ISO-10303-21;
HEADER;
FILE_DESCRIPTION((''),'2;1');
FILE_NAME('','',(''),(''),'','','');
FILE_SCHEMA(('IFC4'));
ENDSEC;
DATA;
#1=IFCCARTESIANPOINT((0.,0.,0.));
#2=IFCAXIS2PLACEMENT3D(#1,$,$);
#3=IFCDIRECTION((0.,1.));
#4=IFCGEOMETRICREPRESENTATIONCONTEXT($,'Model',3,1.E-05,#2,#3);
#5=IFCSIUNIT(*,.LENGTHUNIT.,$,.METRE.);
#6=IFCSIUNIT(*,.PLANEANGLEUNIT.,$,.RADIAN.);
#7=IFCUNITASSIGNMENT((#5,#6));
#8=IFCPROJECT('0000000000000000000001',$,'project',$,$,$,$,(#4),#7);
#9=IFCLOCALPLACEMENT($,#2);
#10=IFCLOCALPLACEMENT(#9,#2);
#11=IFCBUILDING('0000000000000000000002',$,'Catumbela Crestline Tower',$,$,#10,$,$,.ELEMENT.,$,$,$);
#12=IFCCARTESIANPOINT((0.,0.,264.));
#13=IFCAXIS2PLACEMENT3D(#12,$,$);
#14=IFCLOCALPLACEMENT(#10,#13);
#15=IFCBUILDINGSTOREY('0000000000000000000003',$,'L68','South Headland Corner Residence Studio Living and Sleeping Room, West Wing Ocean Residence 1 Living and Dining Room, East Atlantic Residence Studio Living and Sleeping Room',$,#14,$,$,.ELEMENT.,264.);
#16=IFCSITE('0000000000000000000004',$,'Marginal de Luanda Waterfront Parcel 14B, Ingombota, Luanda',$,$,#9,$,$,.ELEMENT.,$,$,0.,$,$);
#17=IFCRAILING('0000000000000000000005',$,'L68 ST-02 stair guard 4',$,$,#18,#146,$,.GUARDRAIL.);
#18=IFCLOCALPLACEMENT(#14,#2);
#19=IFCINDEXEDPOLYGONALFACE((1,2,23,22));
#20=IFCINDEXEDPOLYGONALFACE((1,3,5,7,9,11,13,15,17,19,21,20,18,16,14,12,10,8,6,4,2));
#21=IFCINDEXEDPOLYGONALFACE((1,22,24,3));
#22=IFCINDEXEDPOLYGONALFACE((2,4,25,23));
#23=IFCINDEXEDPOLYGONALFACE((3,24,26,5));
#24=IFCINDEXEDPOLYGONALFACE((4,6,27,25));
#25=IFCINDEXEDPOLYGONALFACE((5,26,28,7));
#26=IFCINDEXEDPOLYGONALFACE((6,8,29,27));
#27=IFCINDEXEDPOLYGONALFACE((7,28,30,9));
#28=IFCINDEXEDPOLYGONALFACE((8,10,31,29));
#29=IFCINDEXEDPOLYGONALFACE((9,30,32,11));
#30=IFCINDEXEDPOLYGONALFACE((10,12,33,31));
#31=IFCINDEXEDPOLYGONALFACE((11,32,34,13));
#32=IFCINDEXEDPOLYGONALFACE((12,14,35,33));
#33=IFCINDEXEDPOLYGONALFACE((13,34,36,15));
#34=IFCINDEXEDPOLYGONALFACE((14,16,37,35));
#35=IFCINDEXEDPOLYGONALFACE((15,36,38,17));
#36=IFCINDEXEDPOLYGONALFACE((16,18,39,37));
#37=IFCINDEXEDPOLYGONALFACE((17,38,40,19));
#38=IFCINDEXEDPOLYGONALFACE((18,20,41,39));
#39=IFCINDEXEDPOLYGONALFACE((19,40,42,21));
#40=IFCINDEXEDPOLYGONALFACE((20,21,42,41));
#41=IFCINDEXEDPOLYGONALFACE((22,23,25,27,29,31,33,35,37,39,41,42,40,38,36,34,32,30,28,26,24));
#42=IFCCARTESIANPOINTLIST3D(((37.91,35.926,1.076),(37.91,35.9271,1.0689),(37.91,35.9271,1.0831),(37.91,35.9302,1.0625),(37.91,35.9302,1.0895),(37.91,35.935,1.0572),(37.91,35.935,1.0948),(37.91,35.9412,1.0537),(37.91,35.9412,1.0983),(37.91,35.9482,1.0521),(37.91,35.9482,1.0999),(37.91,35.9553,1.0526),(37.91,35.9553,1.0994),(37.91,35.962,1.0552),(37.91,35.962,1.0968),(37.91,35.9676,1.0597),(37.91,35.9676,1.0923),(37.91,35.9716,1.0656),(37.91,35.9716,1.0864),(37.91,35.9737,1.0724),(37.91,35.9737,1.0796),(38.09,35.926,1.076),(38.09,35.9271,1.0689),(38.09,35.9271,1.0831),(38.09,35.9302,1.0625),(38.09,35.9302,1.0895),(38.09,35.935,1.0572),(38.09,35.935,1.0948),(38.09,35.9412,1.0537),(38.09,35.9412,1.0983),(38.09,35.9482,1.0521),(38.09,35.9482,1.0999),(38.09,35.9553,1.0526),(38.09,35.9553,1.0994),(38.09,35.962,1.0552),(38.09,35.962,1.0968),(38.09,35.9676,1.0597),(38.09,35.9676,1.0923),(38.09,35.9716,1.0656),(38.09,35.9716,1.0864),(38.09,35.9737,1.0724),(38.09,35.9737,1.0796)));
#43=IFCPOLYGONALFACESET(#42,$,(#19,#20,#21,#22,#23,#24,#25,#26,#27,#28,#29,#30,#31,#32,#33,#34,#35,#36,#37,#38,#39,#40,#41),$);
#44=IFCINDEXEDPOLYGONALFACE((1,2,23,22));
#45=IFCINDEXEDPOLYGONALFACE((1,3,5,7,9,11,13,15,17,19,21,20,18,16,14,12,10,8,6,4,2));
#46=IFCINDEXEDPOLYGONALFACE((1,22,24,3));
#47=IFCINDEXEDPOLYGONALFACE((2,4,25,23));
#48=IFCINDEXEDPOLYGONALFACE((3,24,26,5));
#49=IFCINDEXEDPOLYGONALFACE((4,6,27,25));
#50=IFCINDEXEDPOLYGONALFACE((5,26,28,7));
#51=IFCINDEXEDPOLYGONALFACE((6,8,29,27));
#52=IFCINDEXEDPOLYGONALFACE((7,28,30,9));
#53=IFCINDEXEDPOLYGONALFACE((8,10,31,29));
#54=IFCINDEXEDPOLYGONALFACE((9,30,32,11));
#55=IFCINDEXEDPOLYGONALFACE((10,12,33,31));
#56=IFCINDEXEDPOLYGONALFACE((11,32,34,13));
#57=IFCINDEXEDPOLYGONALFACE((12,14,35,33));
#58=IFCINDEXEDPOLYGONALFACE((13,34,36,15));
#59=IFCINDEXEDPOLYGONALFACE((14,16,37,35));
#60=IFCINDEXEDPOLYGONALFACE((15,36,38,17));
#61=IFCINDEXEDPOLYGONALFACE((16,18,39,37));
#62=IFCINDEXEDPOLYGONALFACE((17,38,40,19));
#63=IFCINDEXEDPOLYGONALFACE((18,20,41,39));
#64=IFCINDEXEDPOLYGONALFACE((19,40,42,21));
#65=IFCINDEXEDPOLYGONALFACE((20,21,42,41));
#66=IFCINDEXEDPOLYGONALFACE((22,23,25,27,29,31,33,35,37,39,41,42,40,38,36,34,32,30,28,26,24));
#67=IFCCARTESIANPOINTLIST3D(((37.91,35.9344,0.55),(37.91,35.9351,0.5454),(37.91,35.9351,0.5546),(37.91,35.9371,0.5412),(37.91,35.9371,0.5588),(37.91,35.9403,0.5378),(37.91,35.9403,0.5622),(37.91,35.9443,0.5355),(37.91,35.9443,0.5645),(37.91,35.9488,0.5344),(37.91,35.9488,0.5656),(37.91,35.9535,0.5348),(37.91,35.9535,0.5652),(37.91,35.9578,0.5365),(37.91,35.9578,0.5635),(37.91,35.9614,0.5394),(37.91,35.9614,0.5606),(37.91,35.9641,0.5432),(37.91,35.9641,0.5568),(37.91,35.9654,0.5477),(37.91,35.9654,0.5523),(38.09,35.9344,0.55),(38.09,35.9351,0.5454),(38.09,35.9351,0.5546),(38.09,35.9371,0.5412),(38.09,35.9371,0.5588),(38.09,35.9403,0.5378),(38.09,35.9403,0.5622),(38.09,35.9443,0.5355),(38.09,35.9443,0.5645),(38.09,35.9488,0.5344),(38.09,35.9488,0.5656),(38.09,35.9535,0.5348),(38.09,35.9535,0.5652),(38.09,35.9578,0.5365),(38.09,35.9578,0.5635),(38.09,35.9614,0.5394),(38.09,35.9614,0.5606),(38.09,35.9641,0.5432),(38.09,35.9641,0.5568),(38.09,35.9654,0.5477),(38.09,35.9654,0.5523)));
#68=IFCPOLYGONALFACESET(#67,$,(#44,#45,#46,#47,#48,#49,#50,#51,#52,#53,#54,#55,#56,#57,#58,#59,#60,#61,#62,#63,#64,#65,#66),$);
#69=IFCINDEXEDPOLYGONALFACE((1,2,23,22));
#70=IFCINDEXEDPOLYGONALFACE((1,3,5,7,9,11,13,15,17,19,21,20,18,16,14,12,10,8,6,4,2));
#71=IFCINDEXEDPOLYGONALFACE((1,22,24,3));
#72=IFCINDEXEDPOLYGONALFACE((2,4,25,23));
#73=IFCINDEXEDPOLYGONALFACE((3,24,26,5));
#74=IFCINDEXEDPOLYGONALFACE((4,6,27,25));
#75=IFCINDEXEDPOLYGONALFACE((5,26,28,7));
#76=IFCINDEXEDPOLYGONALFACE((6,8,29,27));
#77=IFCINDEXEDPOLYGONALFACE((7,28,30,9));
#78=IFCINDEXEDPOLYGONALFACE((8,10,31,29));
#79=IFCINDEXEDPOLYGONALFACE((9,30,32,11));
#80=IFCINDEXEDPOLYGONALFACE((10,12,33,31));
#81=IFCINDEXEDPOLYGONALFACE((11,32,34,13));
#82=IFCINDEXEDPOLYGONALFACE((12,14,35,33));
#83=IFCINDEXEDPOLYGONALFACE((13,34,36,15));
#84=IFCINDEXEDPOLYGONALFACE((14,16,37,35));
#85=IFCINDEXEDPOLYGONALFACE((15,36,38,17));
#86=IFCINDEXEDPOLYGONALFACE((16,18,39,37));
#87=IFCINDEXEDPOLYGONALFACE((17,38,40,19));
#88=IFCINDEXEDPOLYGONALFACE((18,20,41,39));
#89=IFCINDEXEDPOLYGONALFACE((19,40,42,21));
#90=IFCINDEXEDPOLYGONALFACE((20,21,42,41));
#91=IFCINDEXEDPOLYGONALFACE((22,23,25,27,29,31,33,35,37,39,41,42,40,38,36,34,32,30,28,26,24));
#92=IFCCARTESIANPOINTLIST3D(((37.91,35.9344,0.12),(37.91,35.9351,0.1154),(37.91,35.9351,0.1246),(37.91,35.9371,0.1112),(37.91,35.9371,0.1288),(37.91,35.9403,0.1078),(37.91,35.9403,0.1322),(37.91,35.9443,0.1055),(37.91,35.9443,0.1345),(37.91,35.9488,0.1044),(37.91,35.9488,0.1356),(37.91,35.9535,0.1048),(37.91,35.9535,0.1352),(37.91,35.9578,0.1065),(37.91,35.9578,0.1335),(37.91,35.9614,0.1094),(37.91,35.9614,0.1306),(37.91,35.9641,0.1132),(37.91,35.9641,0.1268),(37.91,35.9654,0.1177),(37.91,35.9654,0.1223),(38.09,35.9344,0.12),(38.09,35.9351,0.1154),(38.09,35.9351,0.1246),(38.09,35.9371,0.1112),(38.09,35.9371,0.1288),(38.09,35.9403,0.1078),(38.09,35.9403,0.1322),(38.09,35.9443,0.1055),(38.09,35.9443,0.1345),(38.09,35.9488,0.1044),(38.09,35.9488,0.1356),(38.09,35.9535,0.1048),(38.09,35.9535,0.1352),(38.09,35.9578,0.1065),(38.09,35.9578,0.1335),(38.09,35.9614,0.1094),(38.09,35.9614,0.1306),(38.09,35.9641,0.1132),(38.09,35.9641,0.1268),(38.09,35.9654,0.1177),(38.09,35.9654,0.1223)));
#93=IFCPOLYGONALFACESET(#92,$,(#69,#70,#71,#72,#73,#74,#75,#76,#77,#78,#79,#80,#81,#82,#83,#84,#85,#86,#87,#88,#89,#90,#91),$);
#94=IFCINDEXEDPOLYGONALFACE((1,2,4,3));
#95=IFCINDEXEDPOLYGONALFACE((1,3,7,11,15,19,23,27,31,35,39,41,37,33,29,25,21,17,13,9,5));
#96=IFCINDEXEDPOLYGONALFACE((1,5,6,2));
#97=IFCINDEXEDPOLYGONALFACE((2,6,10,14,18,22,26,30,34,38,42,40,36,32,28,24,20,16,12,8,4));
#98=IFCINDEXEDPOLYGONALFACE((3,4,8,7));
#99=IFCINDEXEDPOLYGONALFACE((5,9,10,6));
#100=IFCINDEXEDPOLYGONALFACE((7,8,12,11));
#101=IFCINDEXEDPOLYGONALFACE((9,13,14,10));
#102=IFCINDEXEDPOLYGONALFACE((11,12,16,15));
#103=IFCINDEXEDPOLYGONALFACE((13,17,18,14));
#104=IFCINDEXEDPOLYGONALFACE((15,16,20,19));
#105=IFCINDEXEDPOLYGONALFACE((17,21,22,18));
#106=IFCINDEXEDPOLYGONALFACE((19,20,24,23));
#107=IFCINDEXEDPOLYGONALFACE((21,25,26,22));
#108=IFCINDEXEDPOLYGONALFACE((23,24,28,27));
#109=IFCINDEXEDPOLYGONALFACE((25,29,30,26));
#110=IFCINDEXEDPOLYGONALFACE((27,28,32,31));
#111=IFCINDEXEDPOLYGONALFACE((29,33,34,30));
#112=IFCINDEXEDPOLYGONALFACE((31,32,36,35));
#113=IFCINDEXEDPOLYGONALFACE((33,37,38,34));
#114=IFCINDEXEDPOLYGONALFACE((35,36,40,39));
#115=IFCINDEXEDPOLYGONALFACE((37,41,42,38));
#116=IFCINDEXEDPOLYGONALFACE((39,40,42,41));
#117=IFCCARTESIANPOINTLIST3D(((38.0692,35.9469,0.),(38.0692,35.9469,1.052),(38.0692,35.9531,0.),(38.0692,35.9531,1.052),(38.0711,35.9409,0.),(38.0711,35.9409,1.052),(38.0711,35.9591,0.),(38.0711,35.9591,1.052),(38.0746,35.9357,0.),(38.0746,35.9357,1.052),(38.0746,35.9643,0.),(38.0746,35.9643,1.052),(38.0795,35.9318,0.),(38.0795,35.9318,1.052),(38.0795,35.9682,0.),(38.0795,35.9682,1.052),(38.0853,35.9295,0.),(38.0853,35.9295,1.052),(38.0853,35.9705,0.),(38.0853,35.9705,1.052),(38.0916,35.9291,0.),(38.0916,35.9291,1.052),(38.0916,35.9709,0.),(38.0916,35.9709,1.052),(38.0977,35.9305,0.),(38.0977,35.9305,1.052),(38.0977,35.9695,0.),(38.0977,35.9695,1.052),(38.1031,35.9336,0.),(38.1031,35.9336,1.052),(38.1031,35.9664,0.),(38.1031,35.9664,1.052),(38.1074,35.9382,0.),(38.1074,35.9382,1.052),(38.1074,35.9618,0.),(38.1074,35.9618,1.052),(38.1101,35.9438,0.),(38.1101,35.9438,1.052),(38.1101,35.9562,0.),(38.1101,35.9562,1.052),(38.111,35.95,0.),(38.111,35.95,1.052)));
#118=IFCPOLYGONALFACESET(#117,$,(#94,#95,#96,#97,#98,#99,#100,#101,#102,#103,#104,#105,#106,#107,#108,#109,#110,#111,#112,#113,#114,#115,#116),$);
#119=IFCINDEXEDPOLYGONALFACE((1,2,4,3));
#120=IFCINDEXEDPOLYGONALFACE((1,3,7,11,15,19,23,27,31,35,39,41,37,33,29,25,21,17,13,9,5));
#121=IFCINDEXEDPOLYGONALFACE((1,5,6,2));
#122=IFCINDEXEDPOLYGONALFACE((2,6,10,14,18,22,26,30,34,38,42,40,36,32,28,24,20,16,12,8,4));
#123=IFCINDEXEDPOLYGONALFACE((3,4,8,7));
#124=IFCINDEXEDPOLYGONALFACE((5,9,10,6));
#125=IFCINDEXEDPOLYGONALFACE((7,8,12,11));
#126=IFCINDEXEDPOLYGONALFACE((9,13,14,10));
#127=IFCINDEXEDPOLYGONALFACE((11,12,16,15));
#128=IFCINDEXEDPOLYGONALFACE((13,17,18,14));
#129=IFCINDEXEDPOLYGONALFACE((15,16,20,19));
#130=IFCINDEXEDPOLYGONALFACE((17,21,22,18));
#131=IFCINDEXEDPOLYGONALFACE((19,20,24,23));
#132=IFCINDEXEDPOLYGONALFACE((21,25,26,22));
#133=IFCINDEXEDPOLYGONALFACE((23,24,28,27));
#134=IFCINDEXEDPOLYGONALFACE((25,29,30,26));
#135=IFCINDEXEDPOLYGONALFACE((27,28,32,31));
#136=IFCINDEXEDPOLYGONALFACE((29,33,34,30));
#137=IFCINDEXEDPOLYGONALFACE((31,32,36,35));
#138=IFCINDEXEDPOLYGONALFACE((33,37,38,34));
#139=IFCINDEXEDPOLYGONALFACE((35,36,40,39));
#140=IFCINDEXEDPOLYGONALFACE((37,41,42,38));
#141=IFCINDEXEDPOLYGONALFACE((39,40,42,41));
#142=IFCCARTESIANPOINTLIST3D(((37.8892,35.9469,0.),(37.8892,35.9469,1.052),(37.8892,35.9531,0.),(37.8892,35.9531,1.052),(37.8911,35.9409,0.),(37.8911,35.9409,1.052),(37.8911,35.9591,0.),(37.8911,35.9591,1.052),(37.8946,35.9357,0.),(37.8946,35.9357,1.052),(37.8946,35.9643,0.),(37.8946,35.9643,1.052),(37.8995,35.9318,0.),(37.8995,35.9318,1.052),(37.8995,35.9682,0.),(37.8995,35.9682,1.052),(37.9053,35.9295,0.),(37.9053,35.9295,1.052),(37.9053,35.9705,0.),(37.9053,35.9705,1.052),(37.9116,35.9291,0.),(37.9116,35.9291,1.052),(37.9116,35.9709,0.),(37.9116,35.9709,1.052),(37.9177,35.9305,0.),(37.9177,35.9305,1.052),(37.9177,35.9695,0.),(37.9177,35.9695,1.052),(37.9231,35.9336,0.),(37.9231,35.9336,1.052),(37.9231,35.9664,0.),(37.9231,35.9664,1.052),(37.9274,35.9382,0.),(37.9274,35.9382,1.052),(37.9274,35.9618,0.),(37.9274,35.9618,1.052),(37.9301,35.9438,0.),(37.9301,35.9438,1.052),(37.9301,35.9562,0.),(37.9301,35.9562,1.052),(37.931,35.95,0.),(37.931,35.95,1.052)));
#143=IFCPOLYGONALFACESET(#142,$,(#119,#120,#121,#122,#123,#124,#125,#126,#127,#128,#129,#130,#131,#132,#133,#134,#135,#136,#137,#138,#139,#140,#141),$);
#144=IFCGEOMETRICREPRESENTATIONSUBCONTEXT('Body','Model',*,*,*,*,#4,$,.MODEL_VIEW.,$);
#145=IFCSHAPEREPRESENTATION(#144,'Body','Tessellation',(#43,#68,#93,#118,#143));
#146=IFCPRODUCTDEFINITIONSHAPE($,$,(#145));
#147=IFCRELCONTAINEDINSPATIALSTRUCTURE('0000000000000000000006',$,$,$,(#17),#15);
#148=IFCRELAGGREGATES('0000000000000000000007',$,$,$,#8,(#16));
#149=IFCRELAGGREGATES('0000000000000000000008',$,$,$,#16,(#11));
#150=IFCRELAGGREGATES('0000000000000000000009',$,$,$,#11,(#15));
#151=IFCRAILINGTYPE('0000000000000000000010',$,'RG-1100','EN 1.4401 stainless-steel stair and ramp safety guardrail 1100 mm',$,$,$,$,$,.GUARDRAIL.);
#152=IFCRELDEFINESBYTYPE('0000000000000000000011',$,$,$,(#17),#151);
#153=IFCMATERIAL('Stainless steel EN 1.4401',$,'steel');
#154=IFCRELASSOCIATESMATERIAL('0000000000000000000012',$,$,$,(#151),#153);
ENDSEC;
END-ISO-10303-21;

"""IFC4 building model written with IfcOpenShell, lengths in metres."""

from ifc_helpers import new_model, si_unit, direction, frame, origin, origin_2d, place, context, subcontext, project, spatial, circle, extrude, material, type_object, element, save


model = new_model("IFC4")

# Units and contexts
model_context = context("Model", 3, precision=1e-05, world=origin(), true_north=direction((0.0, 1.0)))
body_context = subcontext(model_context, "Body", "Model", "MODEL_VIEW")
ifc_project = project(units=[si_unit("LENGTHUNIT", "METRE"), si_unit("PLANEANGLEUNIT", "RADIAN")], contexts=[model_context])

# Site, building, storey
site_placement = place(None, origin())
site = spatial("IfcSite", under=ifc_project, at=site_placement, Name="Marginal de Luanda Waterfront Parcel 14B, Ingombota, Luanda", CompositionType="ELEMENT", RefElevation=0.0)
building_placement = place(site_placement, origin())
building = spatial("IfcBuilding", under=site, at=building_placement, Name="Catumbela Crestline Tower", CompositionType="ELEMENT")
storey_placement = place(building_placement, frame((0.0, 0.0, 264.0)))
storey = spatial("IfcBuildingStorey", under=building, at=storey_placement, Name="L68", Description="South Headland Corner Residence Studio Living and Sleeping Room, West Wing Ocean Residence 1 Living and Dining Room, East Atlantic Residence Studio Living and Sleeping Room", CompositionType="ELEMENT", Elevation=264.0)

# Shared definitions
ifc_material_1 = material(Name="Stainless steel EN 1.4401", Category="steel")

# Railing
railing_type_1 = type_object("IfcRailingType", Name="RG-1100", Description="EN 1.4401 stainless-steel stair and ramp safety guardrail 1100 mm", PredefinedType="GUARDRAIL", material=ifc_material_1)
railing_1_placement = place(storey_placement, frame((38.09, 35.95, 0.0)))
element("IfcRailing", 1, at=railing_1_placement, inside=storey, type_object=railing_type_1, Name="L68 ST-02 stair guard 4", PredefinedType="GUARDRAIL", context=body_context, shape_type="SweptSolid", body=[
    extrude(circle(Radius=0.024, at=origin_2d()), frame((0.0, 0.0, 1.076), z_axis=(-1.0, 0.0, 0.0), x_axis=(0.0, -1.0, 0.0)), (0.0, 0.0, 1.0), 0.18),
    extrude(circle(Radius=0.0156, at=origin_2d()), frame((0.0, 0.0, 0.55), z_axis=(-1.0, 0.0, 0.0), x_axis=(0.0, -1.0, 0.0)), (0.0, 0.0, 1.0), 0.18),
    extrude(circle(Radius=0.0156, at=origin_2d()), frame((0.0, 0.0, 0.12), z_axis=(-1.0, 0.0, 0.0), x_axis=(0.0, -1.0, 0.0)), (0.0, 0.0, 1.0), 0.18),
    extrude(circle(Radius=0.021, at=origin_2d()), origin(), (0.0, 0.0, 1.0), 1.052),
    extrude(circle(Radius=0.021, at=origin_2d()), frame((-0.18, 0.0, 0.0)), (0.0, 0.0, 1.0), 1.052),
])

save(model, "model.ifc")
